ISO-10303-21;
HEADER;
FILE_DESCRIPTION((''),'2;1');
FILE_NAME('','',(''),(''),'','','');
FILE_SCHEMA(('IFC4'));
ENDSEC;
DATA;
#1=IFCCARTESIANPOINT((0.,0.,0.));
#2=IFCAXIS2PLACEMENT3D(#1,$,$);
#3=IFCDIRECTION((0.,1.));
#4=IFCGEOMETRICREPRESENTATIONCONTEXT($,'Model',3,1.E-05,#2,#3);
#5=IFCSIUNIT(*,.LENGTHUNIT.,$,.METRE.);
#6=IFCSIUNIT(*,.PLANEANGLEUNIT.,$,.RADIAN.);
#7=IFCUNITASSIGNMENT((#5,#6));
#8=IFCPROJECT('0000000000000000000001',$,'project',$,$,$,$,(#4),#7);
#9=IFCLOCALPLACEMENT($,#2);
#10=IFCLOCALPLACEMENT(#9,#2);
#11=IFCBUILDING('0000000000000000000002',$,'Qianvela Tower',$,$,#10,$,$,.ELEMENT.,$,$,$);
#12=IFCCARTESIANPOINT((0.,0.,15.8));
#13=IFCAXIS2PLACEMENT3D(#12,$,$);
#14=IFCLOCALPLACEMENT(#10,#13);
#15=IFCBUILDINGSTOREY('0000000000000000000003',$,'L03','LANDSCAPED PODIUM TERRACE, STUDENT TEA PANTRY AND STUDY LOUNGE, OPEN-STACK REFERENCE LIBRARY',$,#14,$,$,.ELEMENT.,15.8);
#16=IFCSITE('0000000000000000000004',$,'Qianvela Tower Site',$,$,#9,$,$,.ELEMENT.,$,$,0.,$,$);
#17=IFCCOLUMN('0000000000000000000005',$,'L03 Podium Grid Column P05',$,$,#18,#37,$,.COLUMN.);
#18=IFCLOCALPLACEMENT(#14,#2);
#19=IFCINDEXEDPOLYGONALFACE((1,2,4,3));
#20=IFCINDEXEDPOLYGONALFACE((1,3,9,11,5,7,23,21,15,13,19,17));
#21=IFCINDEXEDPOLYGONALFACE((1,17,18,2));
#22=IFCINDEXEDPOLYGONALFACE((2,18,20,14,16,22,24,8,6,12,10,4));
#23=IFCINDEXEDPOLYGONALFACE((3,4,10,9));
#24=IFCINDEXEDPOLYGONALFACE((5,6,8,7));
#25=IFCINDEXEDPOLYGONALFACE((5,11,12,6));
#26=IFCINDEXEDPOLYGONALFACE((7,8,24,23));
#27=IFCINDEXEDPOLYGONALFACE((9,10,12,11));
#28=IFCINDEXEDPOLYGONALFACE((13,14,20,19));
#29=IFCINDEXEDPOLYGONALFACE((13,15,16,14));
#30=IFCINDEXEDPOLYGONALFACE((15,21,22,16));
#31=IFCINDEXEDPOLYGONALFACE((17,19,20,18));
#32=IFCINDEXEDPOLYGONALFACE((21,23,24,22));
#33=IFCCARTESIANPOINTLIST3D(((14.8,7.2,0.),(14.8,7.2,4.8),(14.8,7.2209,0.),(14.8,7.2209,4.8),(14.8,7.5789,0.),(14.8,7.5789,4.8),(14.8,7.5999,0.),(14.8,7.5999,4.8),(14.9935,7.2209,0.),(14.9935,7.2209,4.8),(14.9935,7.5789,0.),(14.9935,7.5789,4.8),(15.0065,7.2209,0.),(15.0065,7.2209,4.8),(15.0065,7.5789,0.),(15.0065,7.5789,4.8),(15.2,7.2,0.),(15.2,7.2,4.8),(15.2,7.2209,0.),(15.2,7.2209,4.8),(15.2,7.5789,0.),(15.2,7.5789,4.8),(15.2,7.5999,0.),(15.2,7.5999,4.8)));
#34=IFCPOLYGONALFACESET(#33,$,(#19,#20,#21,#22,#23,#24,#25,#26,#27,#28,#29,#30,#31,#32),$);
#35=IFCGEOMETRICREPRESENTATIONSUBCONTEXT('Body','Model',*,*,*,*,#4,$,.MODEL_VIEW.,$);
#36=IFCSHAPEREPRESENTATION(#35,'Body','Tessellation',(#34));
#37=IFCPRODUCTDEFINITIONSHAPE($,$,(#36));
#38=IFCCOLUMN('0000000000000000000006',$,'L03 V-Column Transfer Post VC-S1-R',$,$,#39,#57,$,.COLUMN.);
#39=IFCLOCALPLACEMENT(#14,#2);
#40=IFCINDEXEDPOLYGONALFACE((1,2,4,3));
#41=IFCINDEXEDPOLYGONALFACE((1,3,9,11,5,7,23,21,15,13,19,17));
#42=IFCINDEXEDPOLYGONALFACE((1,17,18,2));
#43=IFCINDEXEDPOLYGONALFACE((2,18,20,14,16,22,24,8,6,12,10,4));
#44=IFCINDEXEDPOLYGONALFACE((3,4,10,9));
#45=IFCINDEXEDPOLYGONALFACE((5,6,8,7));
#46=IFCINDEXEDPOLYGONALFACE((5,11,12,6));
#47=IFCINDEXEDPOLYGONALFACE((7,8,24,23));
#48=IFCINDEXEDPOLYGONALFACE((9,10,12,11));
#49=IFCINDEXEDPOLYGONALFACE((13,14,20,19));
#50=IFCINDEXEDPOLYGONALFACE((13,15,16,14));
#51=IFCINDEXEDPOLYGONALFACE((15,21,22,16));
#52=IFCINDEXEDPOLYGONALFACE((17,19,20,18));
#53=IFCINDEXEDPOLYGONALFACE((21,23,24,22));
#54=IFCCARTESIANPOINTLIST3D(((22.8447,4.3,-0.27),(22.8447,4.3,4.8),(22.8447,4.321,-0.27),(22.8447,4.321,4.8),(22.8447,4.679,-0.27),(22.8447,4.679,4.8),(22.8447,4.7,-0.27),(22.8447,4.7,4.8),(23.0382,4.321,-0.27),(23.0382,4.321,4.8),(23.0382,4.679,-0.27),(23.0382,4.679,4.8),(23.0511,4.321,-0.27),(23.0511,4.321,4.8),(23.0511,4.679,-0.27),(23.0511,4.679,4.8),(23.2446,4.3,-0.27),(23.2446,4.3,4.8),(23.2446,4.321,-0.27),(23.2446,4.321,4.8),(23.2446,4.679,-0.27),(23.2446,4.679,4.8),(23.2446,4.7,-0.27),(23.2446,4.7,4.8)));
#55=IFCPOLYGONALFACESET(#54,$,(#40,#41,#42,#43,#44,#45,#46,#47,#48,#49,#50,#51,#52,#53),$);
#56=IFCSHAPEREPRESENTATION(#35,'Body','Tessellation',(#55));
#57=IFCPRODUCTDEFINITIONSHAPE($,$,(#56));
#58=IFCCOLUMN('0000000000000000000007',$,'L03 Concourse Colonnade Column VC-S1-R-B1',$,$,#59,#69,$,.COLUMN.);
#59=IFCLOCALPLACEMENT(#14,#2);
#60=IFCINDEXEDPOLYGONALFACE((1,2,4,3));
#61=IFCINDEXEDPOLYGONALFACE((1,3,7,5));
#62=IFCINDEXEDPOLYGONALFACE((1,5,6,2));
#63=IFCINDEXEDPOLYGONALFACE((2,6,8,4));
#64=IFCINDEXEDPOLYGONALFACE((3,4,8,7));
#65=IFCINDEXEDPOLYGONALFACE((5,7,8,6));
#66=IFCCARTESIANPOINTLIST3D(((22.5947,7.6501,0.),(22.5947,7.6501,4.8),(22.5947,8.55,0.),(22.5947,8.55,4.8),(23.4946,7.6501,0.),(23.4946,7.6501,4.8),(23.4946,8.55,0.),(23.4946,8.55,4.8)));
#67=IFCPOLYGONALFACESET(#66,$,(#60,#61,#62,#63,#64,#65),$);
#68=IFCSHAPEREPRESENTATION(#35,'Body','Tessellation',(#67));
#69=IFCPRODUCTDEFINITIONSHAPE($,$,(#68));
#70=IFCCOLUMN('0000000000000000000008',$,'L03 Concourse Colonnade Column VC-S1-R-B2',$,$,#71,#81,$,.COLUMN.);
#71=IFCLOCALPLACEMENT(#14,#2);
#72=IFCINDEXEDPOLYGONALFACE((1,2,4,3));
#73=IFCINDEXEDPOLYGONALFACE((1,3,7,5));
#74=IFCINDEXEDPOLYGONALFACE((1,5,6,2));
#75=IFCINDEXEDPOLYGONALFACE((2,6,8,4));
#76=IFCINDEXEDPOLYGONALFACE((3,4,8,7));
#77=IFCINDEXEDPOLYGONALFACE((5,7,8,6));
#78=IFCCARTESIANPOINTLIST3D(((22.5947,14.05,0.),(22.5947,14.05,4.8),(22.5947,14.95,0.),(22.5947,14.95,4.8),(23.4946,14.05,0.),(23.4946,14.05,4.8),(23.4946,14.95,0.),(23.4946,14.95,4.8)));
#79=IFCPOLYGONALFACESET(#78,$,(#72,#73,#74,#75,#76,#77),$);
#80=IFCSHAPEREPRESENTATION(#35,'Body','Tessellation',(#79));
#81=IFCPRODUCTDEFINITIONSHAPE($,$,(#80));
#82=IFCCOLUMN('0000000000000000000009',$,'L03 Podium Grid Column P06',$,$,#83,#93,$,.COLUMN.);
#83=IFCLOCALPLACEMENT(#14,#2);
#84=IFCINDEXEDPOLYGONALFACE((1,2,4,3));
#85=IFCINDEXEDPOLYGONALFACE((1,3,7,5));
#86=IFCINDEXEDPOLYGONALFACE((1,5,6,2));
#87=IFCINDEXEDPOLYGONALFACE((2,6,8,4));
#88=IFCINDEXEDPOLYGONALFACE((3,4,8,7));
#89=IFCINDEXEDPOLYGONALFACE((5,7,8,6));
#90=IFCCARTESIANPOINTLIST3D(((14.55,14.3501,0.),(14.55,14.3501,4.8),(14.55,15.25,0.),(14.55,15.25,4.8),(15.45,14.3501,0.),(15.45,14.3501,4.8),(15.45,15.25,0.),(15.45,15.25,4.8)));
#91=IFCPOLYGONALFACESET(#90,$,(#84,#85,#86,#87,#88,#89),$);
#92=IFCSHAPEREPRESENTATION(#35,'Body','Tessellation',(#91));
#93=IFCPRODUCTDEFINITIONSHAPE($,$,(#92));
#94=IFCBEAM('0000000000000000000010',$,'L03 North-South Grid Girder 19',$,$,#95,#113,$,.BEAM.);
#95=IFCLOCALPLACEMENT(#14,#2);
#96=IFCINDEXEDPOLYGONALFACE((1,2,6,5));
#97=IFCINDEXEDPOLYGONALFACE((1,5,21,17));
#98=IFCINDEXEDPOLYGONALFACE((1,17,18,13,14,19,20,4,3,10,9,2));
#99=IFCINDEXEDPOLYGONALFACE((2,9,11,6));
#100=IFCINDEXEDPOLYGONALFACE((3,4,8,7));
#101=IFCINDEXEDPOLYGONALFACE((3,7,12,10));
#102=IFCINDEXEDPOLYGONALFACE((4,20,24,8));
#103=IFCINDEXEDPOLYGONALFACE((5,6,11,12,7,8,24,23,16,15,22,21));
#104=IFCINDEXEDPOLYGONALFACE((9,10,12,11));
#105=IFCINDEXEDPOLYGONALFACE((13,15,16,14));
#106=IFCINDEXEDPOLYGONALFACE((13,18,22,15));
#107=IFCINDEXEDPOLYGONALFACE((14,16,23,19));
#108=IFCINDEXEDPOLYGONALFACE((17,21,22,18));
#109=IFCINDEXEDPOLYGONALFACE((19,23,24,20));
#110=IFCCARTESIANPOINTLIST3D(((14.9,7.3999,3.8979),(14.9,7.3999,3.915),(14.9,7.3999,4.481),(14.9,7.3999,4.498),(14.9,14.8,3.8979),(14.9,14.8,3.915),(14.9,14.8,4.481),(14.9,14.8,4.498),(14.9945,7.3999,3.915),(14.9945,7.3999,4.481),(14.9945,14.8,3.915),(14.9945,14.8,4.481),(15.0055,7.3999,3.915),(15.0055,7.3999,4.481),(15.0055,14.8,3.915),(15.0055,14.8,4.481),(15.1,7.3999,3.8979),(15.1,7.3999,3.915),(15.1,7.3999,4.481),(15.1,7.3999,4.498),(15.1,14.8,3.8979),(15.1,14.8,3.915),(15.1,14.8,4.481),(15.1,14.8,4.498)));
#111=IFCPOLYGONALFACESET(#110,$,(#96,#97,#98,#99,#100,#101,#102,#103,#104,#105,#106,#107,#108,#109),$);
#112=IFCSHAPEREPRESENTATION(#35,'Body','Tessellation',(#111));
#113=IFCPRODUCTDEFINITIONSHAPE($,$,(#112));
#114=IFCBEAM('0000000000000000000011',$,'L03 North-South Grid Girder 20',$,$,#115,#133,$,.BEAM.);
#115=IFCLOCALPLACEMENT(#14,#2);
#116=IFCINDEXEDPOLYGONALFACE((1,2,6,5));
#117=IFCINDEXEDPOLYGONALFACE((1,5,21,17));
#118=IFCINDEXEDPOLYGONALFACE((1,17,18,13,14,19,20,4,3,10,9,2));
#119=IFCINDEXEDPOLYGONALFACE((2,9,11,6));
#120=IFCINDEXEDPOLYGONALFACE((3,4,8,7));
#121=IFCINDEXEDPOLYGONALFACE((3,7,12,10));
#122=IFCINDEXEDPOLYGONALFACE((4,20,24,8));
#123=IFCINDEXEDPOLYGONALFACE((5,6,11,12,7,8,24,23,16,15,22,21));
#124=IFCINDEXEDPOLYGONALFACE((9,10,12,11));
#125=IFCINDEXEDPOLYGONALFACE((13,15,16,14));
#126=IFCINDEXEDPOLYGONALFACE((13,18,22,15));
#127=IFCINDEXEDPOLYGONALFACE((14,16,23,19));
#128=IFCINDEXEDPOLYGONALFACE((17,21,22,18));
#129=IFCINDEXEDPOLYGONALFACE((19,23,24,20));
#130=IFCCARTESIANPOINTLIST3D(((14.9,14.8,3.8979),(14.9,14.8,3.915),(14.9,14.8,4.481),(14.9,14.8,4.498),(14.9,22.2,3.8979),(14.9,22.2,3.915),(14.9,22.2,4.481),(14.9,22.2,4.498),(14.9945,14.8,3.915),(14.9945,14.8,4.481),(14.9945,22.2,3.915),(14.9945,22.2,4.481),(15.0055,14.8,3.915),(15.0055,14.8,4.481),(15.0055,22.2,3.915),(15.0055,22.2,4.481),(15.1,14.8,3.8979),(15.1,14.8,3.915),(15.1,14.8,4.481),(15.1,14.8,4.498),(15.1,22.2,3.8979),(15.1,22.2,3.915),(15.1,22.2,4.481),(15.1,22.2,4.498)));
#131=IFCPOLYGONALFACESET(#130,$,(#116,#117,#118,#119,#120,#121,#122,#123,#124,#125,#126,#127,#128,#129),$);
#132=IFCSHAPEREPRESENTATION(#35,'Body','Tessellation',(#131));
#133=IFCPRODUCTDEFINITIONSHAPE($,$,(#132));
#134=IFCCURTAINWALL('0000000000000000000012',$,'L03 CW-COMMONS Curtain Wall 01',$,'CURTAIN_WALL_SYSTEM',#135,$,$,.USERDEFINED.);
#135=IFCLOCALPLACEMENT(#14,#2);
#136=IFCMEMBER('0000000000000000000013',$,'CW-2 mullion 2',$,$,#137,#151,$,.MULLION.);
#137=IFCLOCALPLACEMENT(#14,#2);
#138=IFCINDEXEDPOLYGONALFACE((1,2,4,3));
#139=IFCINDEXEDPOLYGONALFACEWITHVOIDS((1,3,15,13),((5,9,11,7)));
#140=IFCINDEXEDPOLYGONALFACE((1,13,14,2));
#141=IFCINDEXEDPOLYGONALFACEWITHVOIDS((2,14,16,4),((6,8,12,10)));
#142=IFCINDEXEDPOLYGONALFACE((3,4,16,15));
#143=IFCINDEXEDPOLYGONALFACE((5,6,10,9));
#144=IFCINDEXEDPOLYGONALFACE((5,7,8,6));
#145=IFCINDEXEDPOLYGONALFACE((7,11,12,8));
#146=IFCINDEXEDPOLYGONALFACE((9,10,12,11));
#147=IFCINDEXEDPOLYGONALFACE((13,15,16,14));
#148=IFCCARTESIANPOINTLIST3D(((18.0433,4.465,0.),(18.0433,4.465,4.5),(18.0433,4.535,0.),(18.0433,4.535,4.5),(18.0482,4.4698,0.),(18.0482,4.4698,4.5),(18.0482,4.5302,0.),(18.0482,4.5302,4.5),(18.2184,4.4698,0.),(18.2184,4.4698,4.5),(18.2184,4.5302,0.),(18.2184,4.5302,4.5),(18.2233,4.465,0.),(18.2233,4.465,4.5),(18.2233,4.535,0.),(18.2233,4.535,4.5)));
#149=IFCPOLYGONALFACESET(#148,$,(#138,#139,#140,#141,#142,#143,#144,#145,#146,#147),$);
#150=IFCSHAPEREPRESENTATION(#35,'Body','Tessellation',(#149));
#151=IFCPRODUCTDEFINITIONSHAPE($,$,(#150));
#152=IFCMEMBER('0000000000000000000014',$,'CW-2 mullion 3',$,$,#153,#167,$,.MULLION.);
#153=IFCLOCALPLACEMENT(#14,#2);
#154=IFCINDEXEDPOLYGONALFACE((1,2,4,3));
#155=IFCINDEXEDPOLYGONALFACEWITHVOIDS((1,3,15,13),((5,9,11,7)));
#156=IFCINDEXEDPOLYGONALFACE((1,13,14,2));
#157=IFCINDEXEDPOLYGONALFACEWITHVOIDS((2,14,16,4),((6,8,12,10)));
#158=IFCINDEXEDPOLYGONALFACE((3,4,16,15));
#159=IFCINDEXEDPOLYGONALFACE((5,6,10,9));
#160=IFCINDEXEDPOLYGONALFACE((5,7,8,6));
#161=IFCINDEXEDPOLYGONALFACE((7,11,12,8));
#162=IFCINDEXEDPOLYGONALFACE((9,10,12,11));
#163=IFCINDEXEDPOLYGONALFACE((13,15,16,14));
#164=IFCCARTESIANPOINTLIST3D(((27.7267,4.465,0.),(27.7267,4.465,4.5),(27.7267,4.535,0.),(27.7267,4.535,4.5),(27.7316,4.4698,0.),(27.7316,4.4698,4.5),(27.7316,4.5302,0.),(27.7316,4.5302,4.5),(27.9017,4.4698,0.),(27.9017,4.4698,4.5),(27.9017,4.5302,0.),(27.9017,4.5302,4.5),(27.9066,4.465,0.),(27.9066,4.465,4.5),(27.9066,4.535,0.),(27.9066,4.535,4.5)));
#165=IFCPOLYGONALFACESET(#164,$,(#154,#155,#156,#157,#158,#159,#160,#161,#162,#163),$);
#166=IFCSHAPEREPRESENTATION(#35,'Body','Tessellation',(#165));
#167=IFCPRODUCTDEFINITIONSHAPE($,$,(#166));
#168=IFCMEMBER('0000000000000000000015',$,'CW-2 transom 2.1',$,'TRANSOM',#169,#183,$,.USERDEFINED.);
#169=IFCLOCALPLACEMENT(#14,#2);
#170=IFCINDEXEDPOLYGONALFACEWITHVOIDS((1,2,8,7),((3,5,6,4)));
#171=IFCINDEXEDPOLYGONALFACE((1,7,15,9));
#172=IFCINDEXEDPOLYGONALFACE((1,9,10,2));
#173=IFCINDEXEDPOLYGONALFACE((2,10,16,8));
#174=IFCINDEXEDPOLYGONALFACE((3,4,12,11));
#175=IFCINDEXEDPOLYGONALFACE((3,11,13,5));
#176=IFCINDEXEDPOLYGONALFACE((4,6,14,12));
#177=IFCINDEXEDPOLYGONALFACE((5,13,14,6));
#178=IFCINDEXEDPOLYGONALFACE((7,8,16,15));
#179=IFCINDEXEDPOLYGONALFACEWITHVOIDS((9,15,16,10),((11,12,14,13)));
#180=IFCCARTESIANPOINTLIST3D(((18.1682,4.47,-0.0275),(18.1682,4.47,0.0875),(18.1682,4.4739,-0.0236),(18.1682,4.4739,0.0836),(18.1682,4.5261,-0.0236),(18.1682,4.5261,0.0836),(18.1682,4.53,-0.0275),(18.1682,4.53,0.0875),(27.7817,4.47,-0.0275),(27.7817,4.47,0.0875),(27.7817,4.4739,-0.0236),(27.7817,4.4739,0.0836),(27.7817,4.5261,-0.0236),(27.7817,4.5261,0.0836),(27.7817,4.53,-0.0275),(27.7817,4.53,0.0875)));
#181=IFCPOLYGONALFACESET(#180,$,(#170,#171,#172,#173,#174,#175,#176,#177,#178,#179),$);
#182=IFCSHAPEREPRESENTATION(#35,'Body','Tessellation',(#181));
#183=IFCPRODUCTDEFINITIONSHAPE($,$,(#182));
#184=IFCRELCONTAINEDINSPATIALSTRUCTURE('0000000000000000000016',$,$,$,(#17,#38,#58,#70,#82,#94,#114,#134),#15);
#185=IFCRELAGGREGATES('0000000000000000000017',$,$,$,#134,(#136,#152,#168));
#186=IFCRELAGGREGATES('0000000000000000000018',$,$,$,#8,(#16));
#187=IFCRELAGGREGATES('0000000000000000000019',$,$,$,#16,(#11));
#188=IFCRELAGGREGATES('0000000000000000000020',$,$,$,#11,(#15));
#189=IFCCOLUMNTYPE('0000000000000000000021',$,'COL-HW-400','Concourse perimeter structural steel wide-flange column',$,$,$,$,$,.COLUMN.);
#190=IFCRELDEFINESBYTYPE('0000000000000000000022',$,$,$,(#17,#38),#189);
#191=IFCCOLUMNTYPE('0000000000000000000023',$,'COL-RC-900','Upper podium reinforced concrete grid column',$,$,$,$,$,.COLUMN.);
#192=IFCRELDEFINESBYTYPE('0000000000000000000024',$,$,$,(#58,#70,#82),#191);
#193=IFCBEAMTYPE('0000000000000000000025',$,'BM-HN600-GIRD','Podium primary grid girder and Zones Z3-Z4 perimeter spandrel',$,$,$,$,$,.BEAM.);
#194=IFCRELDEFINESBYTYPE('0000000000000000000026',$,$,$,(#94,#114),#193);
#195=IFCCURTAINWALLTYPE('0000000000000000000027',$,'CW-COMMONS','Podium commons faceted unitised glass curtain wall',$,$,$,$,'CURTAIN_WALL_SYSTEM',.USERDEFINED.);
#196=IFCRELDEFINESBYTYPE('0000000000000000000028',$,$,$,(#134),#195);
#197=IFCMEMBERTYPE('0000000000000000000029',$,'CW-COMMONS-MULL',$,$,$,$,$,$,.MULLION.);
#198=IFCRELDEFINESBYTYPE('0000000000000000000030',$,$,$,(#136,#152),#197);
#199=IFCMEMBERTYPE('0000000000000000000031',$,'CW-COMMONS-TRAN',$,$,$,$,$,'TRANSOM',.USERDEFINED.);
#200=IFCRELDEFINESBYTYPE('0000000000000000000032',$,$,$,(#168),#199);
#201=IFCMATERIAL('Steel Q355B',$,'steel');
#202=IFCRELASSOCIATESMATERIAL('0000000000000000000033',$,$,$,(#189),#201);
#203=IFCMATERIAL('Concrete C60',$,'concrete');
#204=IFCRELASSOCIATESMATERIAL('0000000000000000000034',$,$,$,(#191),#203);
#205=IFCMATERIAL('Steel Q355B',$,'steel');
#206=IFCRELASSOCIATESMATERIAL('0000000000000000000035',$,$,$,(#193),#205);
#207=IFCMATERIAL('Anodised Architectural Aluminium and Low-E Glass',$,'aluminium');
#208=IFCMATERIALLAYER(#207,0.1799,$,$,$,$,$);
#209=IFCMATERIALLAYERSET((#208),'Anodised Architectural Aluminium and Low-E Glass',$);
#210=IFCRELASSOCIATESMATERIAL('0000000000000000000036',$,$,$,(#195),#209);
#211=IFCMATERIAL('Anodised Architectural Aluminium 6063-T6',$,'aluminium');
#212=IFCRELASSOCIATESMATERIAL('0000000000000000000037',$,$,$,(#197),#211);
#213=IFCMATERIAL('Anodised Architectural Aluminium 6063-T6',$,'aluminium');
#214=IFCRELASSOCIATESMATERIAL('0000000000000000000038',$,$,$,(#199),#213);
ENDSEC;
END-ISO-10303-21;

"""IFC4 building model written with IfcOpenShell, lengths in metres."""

from ifc_helpers import new_model, si_unit, direction, frame, origin, origin_2d, place, context, subcontext, project, spatial, rectangle, hollow_rectangle, i_section, extrude, material, layer, layer_set, material_profile, profile_set, type_object, element, aggregate, save


model = new_model("IFC4")

# Units and contexts
model_context = context("Model", 3, precision=1e-05, world=origin(), true_north=direction((0.0, 1.0)))
body_context = subcontext(model_context, "Body", "Model", "MODEL_VIEW")
ifc_project = project(units=[si_unit("LENGTHUNIT", "METRE"), si_unit("PLANEANGLEUNIT", "RADIAN")], contexts=[model_context])

# Site, building, storey
site_placement = place(None, origin())
site = spatial("IfcSite", under=ifc_project, at=site_placement, Name="Qianvela Tower Site", CompositionType="ELEMENT", RefElevation=0.0)
building_placement = place(site_placement, origin())
building = spatial("IfcBuilding", under=site, at=building_placement, Name="Qianvela Tower", CompositionType="ELEMENT")
storey_placement = place(building_placement, frame((0.0, 0.0, 15.8)))
storey = spatial("IfcBuildingStorey", under=building, at=storey_placement, Name="L03", Description="LANDSCAPED PODIUM TERRACE, STUDENT TEA PANTRY AND STUDY LOUNGE, OPEN-STACK REFERENCE LIBRARY", CompositionType="ELEMENT", Elevation=15.8)

# Columns
ifc_material_1 = material(Name="Steel Q355B", Category="steel")
ifc_material_profile_1 = material_profile(ifc_material_1, i_section(OverallWidth=0.3999, OverallDepth=0.3999, WebThickness=0.0129, FlangeThickness=0.021, at=origin_2d()), Name="HW400x400x13x21")
ifc_profile_set_1 = profile_set([ifc_material_profile_1], Name="Steel Q355B")
column_type_1 = type_object("IfcColumnType", Name="COL-HW-400", Description="Concourse perimeter structural steel wide-flange column", PredefinedType="COLUMN", material=ifc_profile_set_1)
column_1_placement = place(storey_placement, frame((15.0, 7.3999, 0.0), z_axis=(0.0, 0.0, 1.0), x_axis=(1.0, 0.0, 0.0)))
element("IfcColumn", 1, at=column_1_placement, inside=storey, type_object=column_type_1, Name="L03 Podium Grid Column P05", PredefinedType="COLUMN", context=body_context, shape_type="SweptSolid", body=[
    extrude(i_section(OverallWidth=0.3999, OverallDepth=0.3999, WebThickness=0.0129, FlangeThickness=0.021, at=origin_2d()), origin(), (0.0, 0.0, 1.0), 4.8),
])
column_2_placement = place(storey_placement, frame((23.0447, 4.5, -0.27), z_axis=(0.0, 0.0, 1.0), x_axis=(1.0, 0.0, 0.0)))
element("IfcColumn", 2, at=column_2_placement, inside=storey, type_object=column_type_1, Name="L03 V-Column Transfer Post VC-S1-R", PredefinedType="COLUMN", context=body_context, shape_type="SweptSolid", body=[
    extrude(i_section(OverallWidth=0.3999, OverallDepth=0.3999, WebThickness=0.0129, FlangeThickness=0.021, at=origin_2d()), origin(), (0.0, 0.0, 1.0), 5.0701),
])
ifc_material_2 = material(Name="Concrete C60", Category="concrete")
ifc_material_profile_2 = material_profile(ifc_material_2, rectangle(XDim=0.8999, YDim=0.8999, at=origin_2d()), Name="RC-COL-900x900")
ifc_profile_set_2 = profile_set([ifc_material_profile_2], Name="Concrete C60")
column_type_2 = type_object("IfcColumnType", Name="COL-RC-900", Description="Upper podium reinforced concrete grid column", PredefinedType="COLUMN", material=ifc_profile_set_2)
for number, where, z_axis, x_axis, name in (
    (3, (23.0447, 8.1001, 0.0), (0.0, 0.0, 1.0), (1.0, 0.0, 0.0), "L03 Concourse Colonnade Column VC-S1-R-B1"),
    (4, (23.0447, 14.5, 0.0), (0.0, 0.0, 1.0), (1.0, 0.0, 0.0), "L03 Concourse Colonnade Column VC-S1-R-B2"),
    (5, (15.0, 14.8, 0.0), (0.0, 0.0, 1.0), (1.0, 0.0, 0.0), "L03 Podium Grid Column P06"),
):
    element("IfcColumn", number, at=place(storey_placement, frame(where, z_axis=z_axis, x_axis=x_axis)), inside=storey, type_object=column_type_2, Name=name, PredefinedType="COLUMN", context=body_context, shape_type="SweptSolid", body=[
        extrude(rectangle(XDim=0.8999, YDim=0.8999, at=origin_2d()), origin(), (0.0, 0.0, 1.0), 4.8),
    ])

# Beams
ifc_material_3 = material(Name="Steel Q355B", Category="steel")
ifc_material_profile_3 = material_profile(ifc_material_3, i_section(OverallWidth=0.2, OverallDepth=0.6001, WebThickness=0.011, FlangeThickness=0.0171, at=origin_2d()), Name="HN600x200x11x17")
ifc_profile_set_3 = profile_set([ifc_material_profile_3], Name="Steel Q355B")
beam_type = type_object("IfcBeamType", Name="BM-HN600-GIRD", Description="Podium primary grid girder and Zones Z3-Z4 perimeter spandrel", PredefinedType="BEAM", material=ifc_profile_set_3)
beam_1_placement = place(storey_placement, frame((15.0, 7.3999, 4.198), z_axis=(0.0, 1.0, 0.0), x_axis=(-1.0, 0.0, 0.0)))
element("IfcBeam", 6, at=beam_1_placement, inside=storey, type_object=beam_type, Name="L03 North-South Grid Girder 19", PredefinedType="BEAM", context=body_context, shape_type="SweptSolid", body=[
    extrude(i_section(OverallWidth=0.2, OverallDepth=0.6001, WebThickness=0.011, FlangeThickness=0.0171, at=origin_2d()), origin(), (0.0, 0.0, 1.0), 7.4001),
])
beam_2_placement = place(storey_placement, frame((15.0, 14.8, 4.198), z_axis=(0.0, 1.0, 0.0), x_axis=(-1.0, 0.0, 0.0)))
element("IfcBeam", 7, at=beam_2_placement, inside=storey, type_object=beam_type, Name="L03 North-South Grid Girder 20", PredefinedType="BEAM", context=body_context, shape_type="SweptSolid", body=[
    extrude(i_section(OverallWidth=0.2, OverallDepth=0.6001, WebThickness=0.011, FlangeThickness=0.0171, at=origin_2d()), origin(), (0.0, 0.0, 1.0), 7.3999),
])

# Curtain wall, members
ifc_material_4 = material(Name="Anodised Architectural Aluminium and Low-E Glass", Category="aluminium")
ifc_layer_1 = layer(ifc_material_4, 0.1799)
ifc_layer_set_1 = layer_set([ifc_layer_1], Name="Anodised Architectural Aluminium and Low-E Glass")
curtain_wall_type = type_object("IfcCurtainWallType", Name="CW-COMMONS", Description="Podium commons faceted unitised glass curtain wall", ElementType="CURTAIN_WALL_SYSTEM", PredefinedType="USERDEFINED", material=ifc_layer_set_1)
curtain_wall_placement = place(storey_placement, origin())
curtain_wall = element("IfcCurtainWall", 8, at=curtain_wall_placement, inside=storey, type_object=curtain_wall_type, Name="L03 CW-COMMONS Curtain Wall 01", ObjectType="CURTAIN_WALL_SYSTEM", PredefinedType="USERDEFINED")
ifc_material_5 = material(Name="Anodised Architectural Aluminium 6063-T6", Category="aluminium")
ifc_material_profile_4 = material_profile(ifc_material_5, hollow_rectangle(XDim=0.0701, YDim=0.1799, WallThickness=0.0049, at=origin_2d()), Name="ALU-MULL-70x180")
ifc_profile_set_4 = profile_set([ifc_material_profile_4], Name="Anodised Architectural Aluminium 6063-T6")
member_type_1 = type_object("IfcMemberType", Name="CW-COMMONS-MULL", PredefinedType="MULLION", material=ifc_profile_set_4)
member_1_placement = place(storey_placement, frame((18.1333, 4.5, 0.0), z_axis=(0.0, 0.0, 1.0), x_axis=(0.0, 1.0, 0.0)))
member_1 = element("IfcMember", 9, at=member_1_placement, type_object=member_type_1, Name="CW-2 mullion 2", PredefinedType="MULLION", context=body_context, shape_type="SweptSolid", body=[
    extrude(hollow_rectangle(XDim=0.0701, YDim=0.1799, WallThickness=0.0049, at=origin_2d()), origin(), (0.0, 0.0, 1.0), 4.5),
])
member_2_placement = place(storey_placement, frame((27.8167, 4.5, 0.0), z_axis=(0.0, 0.0, 1.0), x_axis=(0.0, 1.0, 0.0)))
member_2 = element("IfcMember", 10, at=member_2_placement, type_object=member_type_1, Name="CW-2 mullion 3", PredefinedType="MULLION", context=body_context, shape_type="SweptSolid", body=[
    extrude(hollow_rectangle(XDim=0.0701, YDim=0.1799, WallThickness=0.0049, at=origin_2d()), origin(), (0.0, 0.0, 1.0), 4.5),
])
ifc_material_6 = material(Name="Anodised Architectural Aluminium 6063-T6", Category="aluminium")
ifc_material_profile_5 = material_profile(ifc_material_6, hollow_rectangle(XDim=0.0601, YDim=0.115, WallThickness=0.0039, at=origin_2d()), Name="ALU-TRAN-60x115")
ifc_profile_set_5 = profile_set([ifc_material_profile_5], Name="Anodised Architectural Aluminium 6063-T6")
member_type_2 = type_object("IfcMemberType", Name="CW-COMMONS-TRAN", ElementType="TRANSOM", PredefinedType="USERDEFINED", material=ifc_profile_set_5)
member_3_placement = place(storey_placement, frame((18.1682, 4.5, 0.03), z_axis=(1.0, 0.0, 0.0), x_axis=(0.0, 1.0, 0.0)))
member_3 = element("IfcMember", 11, at=member_3_placement, type_object=member_type_2, Name="CW-2 transom 2.1", ObjectType="TRANSOM", PredefinedType="USERDEFINED", context=body_context, shape_type="SweptSolid", body=[
    extrude(hollow_rectangle(XDim=0.0601, YDim=0.115, WallThickness=0.0039, at=origin_2d()), origin(), (0.0, 0.0, 1.0), 9.6135),
])
aggregate(curtain_wall, [member_1, member_2, member_3])

save(model, "model.ifc")
